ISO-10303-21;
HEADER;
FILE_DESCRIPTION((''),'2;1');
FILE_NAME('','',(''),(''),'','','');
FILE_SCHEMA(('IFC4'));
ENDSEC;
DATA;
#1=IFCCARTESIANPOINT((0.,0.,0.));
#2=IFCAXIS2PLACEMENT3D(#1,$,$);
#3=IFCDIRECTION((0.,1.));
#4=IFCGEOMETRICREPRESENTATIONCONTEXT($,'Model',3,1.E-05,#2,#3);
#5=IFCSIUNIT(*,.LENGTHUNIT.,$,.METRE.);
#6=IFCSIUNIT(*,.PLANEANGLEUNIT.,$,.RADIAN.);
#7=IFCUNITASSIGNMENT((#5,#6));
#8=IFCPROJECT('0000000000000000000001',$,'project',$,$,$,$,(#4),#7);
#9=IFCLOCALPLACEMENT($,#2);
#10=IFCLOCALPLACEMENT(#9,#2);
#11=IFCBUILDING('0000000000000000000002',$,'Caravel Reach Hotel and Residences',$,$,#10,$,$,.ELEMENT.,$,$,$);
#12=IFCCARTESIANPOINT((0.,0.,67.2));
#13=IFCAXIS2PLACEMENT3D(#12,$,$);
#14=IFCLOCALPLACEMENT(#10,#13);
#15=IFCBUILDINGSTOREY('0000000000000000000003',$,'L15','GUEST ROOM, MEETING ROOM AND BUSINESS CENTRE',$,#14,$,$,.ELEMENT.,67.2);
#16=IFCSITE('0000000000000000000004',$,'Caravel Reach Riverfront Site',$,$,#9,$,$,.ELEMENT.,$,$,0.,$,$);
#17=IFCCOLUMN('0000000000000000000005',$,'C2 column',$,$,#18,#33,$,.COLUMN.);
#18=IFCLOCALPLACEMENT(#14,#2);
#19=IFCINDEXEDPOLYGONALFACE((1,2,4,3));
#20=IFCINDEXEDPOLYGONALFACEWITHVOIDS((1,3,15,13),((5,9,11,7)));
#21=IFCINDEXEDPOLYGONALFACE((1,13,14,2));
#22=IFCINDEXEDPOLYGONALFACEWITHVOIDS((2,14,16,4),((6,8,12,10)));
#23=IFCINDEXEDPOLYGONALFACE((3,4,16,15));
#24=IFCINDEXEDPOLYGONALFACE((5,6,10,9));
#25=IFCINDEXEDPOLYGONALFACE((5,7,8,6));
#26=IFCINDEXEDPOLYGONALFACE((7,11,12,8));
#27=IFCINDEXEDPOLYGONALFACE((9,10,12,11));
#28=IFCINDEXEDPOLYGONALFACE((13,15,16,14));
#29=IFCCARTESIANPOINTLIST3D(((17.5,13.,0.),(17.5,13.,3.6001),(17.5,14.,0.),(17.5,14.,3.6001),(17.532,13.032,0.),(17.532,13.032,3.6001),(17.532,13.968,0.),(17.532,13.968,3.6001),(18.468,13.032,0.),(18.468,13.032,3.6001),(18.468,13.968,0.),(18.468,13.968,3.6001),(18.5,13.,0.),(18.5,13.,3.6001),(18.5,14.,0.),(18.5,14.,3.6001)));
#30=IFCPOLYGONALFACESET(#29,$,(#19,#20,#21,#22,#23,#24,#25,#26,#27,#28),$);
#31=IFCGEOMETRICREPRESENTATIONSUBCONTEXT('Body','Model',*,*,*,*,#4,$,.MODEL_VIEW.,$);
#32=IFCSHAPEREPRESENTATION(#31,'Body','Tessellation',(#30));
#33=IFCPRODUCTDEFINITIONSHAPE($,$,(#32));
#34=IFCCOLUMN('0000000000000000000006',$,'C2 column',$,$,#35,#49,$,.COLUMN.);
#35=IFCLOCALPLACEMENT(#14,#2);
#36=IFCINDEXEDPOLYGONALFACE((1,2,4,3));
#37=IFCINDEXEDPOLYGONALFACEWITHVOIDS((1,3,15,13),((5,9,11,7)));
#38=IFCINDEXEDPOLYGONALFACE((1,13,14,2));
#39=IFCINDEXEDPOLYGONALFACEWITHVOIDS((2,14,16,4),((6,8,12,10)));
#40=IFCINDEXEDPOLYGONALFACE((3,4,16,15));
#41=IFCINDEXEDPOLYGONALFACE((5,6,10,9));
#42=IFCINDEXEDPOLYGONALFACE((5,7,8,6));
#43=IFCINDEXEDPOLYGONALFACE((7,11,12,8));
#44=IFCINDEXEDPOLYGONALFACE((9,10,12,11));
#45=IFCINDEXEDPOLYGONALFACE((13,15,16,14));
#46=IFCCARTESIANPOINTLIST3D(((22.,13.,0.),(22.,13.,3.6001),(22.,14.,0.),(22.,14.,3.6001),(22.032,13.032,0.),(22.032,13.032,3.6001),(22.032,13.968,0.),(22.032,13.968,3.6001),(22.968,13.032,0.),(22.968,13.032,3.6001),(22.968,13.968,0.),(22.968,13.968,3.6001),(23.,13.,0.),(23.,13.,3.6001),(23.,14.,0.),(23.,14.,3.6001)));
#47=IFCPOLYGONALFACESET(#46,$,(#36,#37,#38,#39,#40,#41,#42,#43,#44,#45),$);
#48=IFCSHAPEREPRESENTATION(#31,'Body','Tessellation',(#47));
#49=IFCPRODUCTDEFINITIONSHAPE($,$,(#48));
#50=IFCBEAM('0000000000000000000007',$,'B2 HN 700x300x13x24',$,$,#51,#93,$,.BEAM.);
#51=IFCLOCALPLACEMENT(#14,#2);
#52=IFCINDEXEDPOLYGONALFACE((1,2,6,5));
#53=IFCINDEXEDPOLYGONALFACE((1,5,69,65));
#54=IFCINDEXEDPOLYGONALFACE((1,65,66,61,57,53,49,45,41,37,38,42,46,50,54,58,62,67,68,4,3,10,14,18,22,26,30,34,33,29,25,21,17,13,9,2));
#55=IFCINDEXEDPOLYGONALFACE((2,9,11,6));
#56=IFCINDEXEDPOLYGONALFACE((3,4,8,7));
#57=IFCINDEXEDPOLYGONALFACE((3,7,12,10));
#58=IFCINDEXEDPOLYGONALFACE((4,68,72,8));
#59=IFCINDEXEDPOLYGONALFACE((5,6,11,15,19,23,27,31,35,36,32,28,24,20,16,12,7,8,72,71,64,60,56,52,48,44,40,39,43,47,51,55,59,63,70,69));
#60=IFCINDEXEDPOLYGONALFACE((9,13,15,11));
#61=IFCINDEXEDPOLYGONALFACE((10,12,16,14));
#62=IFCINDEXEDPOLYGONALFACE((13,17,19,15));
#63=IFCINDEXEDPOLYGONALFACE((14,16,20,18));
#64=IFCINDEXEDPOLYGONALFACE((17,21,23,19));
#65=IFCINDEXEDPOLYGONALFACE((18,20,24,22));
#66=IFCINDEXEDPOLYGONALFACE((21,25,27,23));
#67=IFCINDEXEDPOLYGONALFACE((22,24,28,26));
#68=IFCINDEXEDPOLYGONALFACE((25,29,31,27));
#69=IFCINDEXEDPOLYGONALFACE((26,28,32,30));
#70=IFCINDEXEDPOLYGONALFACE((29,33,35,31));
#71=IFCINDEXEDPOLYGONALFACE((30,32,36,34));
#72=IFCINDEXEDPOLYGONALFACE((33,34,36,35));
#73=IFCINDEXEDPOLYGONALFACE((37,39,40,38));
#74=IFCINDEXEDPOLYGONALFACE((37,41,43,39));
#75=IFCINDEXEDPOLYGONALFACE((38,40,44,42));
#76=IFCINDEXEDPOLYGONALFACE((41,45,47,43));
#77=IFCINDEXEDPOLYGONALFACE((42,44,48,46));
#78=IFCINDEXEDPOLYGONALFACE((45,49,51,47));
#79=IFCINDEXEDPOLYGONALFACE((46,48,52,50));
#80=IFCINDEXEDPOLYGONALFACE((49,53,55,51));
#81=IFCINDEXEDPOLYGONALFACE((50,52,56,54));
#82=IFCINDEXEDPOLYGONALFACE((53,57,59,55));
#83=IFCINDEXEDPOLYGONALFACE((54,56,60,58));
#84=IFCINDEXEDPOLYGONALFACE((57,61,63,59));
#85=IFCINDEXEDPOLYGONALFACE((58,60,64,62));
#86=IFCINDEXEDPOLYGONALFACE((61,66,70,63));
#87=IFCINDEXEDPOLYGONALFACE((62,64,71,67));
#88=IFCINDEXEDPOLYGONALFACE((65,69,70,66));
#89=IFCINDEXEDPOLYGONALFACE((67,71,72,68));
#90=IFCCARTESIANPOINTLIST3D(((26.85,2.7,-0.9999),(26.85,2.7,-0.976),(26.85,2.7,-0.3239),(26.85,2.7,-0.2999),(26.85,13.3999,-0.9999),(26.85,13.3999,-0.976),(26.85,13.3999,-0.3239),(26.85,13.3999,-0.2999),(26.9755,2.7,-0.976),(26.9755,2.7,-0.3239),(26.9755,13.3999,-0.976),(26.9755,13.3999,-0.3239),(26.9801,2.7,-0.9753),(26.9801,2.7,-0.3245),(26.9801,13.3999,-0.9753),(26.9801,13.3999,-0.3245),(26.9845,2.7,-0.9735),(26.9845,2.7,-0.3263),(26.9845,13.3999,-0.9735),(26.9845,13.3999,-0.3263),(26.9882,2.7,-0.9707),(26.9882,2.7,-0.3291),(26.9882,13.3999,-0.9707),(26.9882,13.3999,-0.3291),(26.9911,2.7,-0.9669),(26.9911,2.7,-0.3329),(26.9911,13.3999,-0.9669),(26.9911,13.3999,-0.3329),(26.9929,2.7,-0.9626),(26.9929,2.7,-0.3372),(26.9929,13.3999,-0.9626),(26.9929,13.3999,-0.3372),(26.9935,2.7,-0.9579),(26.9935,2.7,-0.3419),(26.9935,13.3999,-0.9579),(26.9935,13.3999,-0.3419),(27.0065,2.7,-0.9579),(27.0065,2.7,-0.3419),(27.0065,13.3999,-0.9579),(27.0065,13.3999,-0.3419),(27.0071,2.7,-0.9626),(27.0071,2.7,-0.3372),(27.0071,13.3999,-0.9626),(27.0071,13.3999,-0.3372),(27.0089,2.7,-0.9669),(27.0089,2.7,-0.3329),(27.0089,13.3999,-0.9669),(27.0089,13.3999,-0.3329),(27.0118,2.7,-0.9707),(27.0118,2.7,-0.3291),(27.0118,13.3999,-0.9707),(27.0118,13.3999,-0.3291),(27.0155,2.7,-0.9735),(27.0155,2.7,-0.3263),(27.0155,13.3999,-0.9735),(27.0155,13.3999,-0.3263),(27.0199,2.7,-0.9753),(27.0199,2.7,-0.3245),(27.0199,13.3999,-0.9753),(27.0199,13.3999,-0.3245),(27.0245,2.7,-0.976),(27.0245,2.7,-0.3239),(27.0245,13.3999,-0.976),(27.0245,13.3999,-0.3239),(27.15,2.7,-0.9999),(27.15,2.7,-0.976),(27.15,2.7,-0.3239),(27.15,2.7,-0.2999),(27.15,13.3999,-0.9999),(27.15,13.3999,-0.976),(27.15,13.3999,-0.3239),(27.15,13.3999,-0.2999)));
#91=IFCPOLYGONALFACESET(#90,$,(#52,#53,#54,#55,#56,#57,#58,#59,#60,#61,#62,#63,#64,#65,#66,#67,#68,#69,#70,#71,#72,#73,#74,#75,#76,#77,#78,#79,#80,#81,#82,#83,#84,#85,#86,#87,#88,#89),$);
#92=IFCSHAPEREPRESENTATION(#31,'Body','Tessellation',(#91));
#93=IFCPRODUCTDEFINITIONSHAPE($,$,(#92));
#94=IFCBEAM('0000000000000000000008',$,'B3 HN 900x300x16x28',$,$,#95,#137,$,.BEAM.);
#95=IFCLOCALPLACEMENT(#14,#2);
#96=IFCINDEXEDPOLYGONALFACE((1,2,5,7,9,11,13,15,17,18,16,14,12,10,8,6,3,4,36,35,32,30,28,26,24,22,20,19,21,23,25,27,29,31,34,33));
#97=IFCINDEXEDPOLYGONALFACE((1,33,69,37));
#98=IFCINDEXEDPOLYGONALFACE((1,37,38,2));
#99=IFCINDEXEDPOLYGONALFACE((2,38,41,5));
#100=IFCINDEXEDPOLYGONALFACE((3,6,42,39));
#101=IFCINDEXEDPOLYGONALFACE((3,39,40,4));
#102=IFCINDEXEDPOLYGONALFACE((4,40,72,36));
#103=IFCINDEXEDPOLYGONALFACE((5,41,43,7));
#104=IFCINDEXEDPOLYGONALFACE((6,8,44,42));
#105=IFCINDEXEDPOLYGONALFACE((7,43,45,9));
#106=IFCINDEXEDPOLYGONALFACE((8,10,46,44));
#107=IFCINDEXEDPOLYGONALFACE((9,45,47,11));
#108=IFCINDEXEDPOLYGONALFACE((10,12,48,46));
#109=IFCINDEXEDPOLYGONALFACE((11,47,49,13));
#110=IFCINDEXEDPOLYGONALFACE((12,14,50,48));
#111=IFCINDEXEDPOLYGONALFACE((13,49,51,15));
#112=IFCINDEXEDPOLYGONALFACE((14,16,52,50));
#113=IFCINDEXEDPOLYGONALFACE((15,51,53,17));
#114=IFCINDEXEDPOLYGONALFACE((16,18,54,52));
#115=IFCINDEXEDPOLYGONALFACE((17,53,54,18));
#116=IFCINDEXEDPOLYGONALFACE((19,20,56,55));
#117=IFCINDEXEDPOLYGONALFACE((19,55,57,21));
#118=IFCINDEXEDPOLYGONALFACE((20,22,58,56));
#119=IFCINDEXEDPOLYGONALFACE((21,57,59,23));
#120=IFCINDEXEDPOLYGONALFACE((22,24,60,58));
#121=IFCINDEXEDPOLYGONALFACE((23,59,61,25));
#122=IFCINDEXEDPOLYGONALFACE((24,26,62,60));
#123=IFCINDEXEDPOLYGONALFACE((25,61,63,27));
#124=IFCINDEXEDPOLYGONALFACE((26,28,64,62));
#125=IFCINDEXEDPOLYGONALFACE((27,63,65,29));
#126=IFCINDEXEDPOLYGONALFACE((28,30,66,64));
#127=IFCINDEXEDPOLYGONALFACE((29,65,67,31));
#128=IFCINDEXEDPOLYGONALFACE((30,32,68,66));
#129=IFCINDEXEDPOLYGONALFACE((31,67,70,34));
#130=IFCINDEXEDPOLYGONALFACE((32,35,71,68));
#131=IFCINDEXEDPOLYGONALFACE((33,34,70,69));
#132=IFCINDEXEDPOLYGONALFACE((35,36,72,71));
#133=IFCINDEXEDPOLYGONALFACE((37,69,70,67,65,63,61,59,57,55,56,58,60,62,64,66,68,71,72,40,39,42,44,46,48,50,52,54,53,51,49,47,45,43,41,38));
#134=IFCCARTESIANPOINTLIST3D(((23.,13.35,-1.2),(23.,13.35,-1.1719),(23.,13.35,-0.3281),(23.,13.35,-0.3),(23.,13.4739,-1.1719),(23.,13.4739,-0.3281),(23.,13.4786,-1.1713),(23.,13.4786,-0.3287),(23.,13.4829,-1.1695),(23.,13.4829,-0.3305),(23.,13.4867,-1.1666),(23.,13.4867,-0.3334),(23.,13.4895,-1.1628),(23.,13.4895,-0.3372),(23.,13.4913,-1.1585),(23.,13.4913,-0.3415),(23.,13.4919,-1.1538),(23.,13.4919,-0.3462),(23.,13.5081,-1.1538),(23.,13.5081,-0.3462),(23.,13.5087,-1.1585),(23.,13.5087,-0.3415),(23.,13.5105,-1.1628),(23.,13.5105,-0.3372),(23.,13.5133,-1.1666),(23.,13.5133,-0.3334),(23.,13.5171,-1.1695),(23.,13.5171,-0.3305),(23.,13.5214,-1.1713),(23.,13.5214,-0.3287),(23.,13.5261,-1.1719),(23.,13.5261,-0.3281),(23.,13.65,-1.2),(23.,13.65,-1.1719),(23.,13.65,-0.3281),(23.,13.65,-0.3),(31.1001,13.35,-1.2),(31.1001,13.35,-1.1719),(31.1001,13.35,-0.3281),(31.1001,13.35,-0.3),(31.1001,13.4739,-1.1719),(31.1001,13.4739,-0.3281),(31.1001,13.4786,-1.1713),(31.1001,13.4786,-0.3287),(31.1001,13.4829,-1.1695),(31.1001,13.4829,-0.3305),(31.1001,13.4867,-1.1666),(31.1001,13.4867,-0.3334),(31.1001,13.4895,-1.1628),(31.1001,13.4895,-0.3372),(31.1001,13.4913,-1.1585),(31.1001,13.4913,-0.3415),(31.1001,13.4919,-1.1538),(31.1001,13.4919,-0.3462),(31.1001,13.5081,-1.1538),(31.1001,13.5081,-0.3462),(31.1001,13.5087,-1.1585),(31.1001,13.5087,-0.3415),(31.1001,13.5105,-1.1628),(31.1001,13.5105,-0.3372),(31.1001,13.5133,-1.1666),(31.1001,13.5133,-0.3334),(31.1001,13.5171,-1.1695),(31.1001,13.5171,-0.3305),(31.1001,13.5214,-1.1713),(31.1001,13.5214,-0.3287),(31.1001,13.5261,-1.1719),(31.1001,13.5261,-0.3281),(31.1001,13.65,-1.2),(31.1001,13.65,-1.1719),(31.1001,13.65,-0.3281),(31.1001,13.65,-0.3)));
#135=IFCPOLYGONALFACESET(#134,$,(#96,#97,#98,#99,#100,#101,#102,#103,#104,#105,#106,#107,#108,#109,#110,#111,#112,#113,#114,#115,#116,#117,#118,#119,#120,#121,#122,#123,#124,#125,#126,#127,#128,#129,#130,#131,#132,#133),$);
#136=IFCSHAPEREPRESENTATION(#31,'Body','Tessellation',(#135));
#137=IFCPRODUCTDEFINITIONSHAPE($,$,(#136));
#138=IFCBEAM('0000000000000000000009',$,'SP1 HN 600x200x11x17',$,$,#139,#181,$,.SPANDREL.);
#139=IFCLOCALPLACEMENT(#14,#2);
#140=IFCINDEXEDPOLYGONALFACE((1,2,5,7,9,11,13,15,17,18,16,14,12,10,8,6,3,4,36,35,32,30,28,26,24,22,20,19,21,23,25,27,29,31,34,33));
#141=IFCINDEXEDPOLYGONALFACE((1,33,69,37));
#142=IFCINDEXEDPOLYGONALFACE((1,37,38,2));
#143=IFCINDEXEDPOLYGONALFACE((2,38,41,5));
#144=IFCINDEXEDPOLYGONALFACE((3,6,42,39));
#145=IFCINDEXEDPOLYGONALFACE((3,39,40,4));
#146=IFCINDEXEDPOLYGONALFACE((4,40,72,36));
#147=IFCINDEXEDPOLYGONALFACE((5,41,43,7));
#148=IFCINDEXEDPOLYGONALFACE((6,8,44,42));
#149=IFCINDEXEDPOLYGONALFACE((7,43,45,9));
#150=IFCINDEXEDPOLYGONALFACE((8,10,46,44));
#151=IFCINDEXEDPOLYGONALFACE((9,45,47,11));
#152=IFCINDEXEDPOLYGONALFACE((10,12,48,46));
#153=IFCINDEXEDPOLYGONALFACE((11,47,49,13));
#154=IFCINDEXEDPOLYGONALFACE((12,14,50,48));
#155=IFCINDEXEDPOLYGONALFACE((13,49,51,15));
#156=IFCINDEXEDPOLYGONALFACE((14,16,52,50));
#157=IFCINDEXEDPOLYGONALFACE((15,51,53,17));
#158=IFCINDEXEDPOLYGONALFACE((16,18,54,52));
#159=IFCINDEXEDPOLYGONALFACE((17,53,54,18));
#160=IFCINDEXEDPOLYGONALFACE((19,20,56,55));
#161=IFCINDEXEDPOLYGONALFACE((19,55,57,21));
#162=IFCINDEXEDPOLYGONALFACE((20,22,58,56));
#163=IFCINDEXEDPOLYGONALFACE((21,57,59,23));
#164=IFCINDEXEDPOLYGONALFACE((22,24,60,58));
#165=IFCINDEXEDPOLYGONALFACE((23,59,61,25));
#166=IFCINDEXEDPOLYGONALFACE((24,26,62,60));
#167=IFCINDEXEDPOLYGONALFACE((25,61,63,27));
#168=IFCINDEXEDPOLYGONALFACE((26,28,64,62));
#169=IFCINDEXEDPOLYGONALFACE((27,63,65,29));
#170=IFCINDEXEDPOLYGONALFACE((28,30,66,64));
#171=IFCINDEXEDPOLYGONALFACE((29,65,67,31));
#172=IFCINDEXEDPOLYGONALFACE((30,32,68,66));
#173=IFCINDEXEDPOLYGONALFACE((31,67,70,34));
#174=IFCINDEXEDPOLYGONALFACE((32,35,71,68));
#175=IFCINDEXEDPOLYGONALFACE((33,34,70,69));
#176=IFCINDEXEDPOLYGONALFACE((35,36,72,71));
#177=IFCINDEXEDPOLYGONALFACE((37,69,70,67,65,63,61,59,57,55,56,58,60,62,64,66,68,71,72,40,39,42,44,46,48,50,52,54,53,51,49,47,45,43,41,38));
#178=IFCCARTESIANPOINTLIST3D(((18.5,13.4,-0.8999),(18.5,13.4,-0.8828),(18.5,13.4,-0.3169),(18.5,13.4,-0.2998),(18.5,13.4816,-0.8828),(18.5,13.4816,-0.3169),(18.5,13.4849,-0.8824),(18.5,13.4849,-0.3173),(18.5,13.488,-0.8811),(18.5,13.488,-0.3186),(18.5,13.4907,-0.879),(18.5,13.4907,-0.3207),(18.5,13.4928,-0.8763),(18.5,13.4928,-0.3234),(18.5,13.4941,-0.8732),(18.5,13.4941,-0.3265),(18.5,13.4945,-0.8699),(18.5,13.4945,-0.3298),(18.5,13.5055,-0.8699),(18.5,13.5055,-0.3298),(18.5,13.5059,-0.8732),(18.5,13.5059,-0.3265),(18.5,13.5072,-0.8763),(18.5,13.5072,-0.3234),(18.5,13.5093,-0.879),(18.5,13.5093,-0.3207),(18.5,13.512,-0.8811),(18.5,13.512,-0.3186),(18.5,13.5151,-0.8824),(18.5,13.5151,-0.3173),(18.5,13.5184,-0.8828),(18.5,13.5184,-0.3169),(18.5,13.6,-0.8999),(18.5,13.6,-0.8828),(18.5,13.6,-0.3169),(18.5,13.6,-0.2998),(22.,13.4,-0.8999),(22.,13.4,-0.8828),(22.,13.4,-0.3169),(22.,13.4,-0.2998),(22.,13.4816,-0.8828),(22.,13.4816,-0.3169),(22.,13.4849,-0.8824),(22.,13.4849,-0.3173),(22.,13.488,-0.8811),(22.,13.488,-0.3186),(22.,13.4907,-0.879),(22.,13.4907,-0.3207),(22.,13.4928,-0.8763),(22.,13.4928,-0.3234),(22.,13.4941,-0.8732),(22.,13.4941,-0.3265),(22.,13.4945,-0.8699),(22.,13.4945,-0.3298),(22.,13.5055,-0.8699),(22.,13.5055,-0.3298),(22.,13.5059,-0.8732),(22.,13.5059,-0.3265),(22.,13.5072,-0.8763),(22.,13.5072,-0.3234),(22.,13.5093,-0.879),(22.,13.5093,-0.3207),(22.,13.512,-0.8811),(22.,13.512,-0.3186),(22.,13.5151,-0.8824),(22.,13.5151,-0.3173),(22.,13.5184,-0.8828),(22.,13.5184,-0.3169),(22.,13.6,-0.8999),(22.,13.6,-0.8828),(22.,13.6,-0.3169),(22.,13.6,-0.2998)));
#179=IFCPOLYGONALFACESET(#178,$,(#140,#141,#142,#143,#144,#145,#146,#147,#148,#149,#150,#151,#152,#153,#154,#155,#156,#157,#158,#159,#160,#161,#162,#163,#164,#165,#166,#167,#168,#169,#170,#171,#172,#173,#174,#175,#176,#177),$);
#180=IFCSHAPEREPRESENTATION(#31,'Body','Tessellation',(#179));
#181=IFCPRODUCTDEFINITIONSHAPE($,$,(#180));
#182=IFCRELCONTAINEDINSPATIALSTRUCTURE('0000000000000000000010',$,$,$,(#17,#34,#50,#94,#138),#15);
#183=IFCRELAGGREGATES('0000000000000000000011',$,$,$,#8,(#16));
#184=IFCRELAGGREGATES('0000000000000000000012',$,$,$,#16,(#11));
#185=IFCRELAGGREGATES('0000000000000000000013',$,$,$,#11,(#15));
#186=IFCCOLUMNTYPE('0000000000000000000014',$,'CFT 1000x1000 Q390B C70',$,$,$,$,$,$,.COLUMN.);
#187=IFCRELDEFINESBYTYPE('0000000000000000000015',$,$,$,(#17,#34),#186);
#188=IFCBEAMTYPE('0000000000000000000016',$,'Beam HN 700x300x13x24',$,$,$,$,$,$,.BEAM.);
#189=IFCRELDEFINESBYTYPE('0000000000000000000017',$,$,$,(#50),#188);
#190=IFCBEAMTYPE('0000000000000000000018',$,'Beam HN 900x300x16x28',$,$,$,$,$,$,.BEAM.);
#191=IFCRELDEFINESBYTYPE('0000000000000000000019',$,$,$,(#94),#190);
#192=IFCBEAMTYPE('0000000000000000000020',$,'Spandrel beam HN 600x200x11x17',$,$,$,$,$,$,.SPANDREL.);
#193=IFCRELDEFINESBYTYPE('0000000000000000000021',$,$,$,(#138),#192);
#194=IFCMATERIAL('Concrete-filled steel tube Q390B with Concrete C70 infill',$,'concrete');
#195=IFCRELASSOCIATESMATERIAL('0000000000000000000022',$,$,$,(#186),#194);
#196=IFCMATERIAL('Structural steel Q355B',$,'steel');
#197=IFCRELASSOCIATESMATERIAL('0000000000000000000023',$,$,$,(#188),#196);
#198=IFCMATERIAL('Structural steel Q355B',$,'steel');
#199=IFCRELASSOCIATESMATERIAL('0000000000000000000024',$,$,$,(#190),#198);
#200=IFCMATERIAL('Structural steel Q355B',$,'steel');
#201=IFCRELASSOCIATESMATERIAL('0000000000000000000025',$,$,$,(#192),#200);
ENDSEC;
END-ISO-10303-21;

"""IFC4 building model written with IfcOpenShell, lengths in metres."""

from ifc_helpers import new_model, si_unit, direction, frame, origin, origin_2d, place, context, subcontext, project, spatial, hollow_rectangle, i_section, extrude, material, material_profile, profile_set, type_object, element, save


model = new_model("IFC4")

# Units and contexts
model_context = context("Model", 3, precision=1e-05, world=origin(), true_north=direction((0.0, 1.0)))
body_context = subcontext(model_context, "Body", "Model", "MODEL_VIEW")
ifc_project = project(units=[si_unit("LENGTHUNIT", "METRE"), si_unit("PLANEANGLEUNIT", "RADIAN")], contexts=[model_context])

# Site, building, storey
site_placement = place(None, origin())
site = spatial("IfcSite", under=ifc_project, at=site_placement, Name="Caravel Reach Riverfront Site", CompositionType="ELEMENT", RefElevation=0.0)
building_placement = place(site_placement, origin())
building = spatial("IfcBuilding", under=site, at=building_placement, Name="Caravel Reach Hotel and Residences", CompositionType="ELEMENT")
storey_placement = place(building_placement, frame((0.0, 0.0, 67.2)))
storey = spatial("IfcBuildingStorey", under=building, at=storey_placement, Name="L15", Description="GUEST ROOM, MEETING ROOM AND BUSINESS CENTRE", CompositionType="ELEMENT", Elevation=67.2)

# Columns
ifc_material_1 = material(Name="Concrete-filled steel tube Q390B with Concrete C70 infill", Category="concrete")
ifc_material_profile_1 = material_profile(ifc_material_1, hollow_rectangle(XDim=1.0, YDim=1.0, WallThickness=0.032, at=origin_2d()), Name="RHS 1000x1000x32")
ifc_profile_set_1 = profile_set([ifc_material_profile_1], Name="Concrete-filled steel tube Q390B with Concrete C70 infill")
column_type = type_object("IfcColumnType", Name="CFT 1000x1000 Q390B C70", PredefinedType="COLUMN", material=ifc_profile_set_1)
for number, where, z_axis, x_axis, name in (
    (1, (18.0, 13.5, 0.0), (0.0, 0.0, 1.0), (1.0, 0.0, 0.0), "C2 column"),
    (2, (22.5, 13.5, 0.0), (0.0, 0.0, 1.0), (1.0, 0.0, 0.0), "C2 column"),
):
    element("IfcColumn", number, at=place(storey_placement, frame(where, z_axis=z_axis, x_axis=x_axis)), inside=storey, type_object=column_type, Name=name, PredefinedType="COLUMN", context=body_context, shape_type="SweptSolid", body=[
        extrude(hollow_rectangle(XDim=1.0, YDim=1.0, WallThickness=0.032, at=origin_2d()), origin(), (0.0, 0.0, 1.0), 3.6001),
    ])

# Beams
ifc_material_2 = material(Name="Structural steel Q355B", Category="steel")
ifc_material_profile_2 = material_profile(ifc_material_2, i_section(OverallWidth=0.3, OverallDepth=0.7, WebThickness=0.0129, FlangeThickness=0.0239, FilletRadius=0.0181, at=origin_2d()), Name="HN 700x300x13x24")
ifc_profile_set_2 = profile_set([ifc_material_profile_2], Name="Structural steel Q355B")
beam_type_1 = type_object("IfcBeamType", Name="Beam HN 700x300x13x24", PredefinedType="BEAM", material=ifc_profile_set_2)
beam_1_placement = place(storey_placement, frame((27.0, 13.3999, -0.6499), z_axis=(0.0, -1.0, 0.0), x_axis=(1.0, 0.0, 0.0)))
element("IfcBeam", 3, at=beam_1_placement, inside=storey, type_object=beam_type_1, Name="B2 HN 700x300x13x24", PredefinedType="BEAM", context=body_context, shape_type="SweptSolid", body=[
    extrude(i_section(OverallWidth=0.3, OverallDepth=0.7, WebThickness=0.0129, FlangeThickness=0.0239, FilletRadius=0.0181, at=origin_2d()), origin(), (0.0, 0.0, 1.0), 10.7),
])
ifc_material_3 = material(Name="Structural steel Q355B", Category="steel")
ifc_material_profile_3 = material_profile(ifc_material_3, i_section(OverallWidth=0.3, OverallDepth=0.8999, WebThickness=0.0161, FlangeThickness=0.0281, FilletRadius=0.0181, at=origin_2d()), Name="HN 900x300x16x28")
ifc_profile_set_3 = profile_set([ifc_material_profile_3], Name="Structural steel Q355B")
beam_type_2 = type_object("IfcBeamType", Name="Beam HN 900x300x16x28", PredefinedType="BEAM", material=ifc_profile_set_3)
beam_2_placement = place(storey_placement, frame((23.0, 13.5, -0.75), z_axis=(1.0, 0.0, 0.0), x_axis=(0.0, 1.0, 0.0)))
element("IfcBeam", 4, at=beam_2_placement, inside=storey, type_object=beam_type_2, Name="B3 HN 900x300x16x28", PredefinedType="BEAM", context=body_context, shape_type="SweptSolid", body=[
    extrude(i_section(OverallWidth=0.3, OverallDepth=0.8999, WebThickness=0.0161, FlangeThickness=0.0281, FilletRadius=0.0181, at=origin_2d()), origin(), (0.0, 0.0, 1.0), 8.1001),
])
ifc_material_4 = material(Name="Structural steel Q355B", Category="steel")
ifc_material_profile_4 = material_profile(ifc_material_4, i_section(OverallWidth=0.2, OverallDepth=0.6001, WebThickness=0.011, FlangeThickness=0.0171, FilletRadius=0.0129, at=origin_2d()), Name="HN 600x200x11x17")
ifc_profile_set_4 = profile_set([ifc_material_profile_4], Name="Structural steel Q355B")
beam_type_3 = type_object("IfcBeamType", Name="Spandrel beam HN 600x200x11x17", PredefinedType="SPANDREL", material=ifc_profile_set_4)
beam_3_placement = place(storey_placement, frame((18.5, 13.5, -0.5999), z_axis=(1.0, 0.0, 0.0), x_axis=(0.0, 1.0, 0.0)))
element("IfcBeam", 5, at=beam_3_placement, inside=storey, type_object=beam_type_3, Name="SP1 HN 600x200x11x17", PredefinedType="SPANDREL", context=body_context, shape_type="SweptSolid", body=[
    extrude(i_section(OverallWidth=0.2, OverallDepth=0.6001, WebThickness=0.011, FlangeThickness=0.0171, FilletRadius=0.0129, at=origin_2d()), origin(), (0.0, 0.0, 1.0), 3.5),
])

save(model, "model.ifc")
